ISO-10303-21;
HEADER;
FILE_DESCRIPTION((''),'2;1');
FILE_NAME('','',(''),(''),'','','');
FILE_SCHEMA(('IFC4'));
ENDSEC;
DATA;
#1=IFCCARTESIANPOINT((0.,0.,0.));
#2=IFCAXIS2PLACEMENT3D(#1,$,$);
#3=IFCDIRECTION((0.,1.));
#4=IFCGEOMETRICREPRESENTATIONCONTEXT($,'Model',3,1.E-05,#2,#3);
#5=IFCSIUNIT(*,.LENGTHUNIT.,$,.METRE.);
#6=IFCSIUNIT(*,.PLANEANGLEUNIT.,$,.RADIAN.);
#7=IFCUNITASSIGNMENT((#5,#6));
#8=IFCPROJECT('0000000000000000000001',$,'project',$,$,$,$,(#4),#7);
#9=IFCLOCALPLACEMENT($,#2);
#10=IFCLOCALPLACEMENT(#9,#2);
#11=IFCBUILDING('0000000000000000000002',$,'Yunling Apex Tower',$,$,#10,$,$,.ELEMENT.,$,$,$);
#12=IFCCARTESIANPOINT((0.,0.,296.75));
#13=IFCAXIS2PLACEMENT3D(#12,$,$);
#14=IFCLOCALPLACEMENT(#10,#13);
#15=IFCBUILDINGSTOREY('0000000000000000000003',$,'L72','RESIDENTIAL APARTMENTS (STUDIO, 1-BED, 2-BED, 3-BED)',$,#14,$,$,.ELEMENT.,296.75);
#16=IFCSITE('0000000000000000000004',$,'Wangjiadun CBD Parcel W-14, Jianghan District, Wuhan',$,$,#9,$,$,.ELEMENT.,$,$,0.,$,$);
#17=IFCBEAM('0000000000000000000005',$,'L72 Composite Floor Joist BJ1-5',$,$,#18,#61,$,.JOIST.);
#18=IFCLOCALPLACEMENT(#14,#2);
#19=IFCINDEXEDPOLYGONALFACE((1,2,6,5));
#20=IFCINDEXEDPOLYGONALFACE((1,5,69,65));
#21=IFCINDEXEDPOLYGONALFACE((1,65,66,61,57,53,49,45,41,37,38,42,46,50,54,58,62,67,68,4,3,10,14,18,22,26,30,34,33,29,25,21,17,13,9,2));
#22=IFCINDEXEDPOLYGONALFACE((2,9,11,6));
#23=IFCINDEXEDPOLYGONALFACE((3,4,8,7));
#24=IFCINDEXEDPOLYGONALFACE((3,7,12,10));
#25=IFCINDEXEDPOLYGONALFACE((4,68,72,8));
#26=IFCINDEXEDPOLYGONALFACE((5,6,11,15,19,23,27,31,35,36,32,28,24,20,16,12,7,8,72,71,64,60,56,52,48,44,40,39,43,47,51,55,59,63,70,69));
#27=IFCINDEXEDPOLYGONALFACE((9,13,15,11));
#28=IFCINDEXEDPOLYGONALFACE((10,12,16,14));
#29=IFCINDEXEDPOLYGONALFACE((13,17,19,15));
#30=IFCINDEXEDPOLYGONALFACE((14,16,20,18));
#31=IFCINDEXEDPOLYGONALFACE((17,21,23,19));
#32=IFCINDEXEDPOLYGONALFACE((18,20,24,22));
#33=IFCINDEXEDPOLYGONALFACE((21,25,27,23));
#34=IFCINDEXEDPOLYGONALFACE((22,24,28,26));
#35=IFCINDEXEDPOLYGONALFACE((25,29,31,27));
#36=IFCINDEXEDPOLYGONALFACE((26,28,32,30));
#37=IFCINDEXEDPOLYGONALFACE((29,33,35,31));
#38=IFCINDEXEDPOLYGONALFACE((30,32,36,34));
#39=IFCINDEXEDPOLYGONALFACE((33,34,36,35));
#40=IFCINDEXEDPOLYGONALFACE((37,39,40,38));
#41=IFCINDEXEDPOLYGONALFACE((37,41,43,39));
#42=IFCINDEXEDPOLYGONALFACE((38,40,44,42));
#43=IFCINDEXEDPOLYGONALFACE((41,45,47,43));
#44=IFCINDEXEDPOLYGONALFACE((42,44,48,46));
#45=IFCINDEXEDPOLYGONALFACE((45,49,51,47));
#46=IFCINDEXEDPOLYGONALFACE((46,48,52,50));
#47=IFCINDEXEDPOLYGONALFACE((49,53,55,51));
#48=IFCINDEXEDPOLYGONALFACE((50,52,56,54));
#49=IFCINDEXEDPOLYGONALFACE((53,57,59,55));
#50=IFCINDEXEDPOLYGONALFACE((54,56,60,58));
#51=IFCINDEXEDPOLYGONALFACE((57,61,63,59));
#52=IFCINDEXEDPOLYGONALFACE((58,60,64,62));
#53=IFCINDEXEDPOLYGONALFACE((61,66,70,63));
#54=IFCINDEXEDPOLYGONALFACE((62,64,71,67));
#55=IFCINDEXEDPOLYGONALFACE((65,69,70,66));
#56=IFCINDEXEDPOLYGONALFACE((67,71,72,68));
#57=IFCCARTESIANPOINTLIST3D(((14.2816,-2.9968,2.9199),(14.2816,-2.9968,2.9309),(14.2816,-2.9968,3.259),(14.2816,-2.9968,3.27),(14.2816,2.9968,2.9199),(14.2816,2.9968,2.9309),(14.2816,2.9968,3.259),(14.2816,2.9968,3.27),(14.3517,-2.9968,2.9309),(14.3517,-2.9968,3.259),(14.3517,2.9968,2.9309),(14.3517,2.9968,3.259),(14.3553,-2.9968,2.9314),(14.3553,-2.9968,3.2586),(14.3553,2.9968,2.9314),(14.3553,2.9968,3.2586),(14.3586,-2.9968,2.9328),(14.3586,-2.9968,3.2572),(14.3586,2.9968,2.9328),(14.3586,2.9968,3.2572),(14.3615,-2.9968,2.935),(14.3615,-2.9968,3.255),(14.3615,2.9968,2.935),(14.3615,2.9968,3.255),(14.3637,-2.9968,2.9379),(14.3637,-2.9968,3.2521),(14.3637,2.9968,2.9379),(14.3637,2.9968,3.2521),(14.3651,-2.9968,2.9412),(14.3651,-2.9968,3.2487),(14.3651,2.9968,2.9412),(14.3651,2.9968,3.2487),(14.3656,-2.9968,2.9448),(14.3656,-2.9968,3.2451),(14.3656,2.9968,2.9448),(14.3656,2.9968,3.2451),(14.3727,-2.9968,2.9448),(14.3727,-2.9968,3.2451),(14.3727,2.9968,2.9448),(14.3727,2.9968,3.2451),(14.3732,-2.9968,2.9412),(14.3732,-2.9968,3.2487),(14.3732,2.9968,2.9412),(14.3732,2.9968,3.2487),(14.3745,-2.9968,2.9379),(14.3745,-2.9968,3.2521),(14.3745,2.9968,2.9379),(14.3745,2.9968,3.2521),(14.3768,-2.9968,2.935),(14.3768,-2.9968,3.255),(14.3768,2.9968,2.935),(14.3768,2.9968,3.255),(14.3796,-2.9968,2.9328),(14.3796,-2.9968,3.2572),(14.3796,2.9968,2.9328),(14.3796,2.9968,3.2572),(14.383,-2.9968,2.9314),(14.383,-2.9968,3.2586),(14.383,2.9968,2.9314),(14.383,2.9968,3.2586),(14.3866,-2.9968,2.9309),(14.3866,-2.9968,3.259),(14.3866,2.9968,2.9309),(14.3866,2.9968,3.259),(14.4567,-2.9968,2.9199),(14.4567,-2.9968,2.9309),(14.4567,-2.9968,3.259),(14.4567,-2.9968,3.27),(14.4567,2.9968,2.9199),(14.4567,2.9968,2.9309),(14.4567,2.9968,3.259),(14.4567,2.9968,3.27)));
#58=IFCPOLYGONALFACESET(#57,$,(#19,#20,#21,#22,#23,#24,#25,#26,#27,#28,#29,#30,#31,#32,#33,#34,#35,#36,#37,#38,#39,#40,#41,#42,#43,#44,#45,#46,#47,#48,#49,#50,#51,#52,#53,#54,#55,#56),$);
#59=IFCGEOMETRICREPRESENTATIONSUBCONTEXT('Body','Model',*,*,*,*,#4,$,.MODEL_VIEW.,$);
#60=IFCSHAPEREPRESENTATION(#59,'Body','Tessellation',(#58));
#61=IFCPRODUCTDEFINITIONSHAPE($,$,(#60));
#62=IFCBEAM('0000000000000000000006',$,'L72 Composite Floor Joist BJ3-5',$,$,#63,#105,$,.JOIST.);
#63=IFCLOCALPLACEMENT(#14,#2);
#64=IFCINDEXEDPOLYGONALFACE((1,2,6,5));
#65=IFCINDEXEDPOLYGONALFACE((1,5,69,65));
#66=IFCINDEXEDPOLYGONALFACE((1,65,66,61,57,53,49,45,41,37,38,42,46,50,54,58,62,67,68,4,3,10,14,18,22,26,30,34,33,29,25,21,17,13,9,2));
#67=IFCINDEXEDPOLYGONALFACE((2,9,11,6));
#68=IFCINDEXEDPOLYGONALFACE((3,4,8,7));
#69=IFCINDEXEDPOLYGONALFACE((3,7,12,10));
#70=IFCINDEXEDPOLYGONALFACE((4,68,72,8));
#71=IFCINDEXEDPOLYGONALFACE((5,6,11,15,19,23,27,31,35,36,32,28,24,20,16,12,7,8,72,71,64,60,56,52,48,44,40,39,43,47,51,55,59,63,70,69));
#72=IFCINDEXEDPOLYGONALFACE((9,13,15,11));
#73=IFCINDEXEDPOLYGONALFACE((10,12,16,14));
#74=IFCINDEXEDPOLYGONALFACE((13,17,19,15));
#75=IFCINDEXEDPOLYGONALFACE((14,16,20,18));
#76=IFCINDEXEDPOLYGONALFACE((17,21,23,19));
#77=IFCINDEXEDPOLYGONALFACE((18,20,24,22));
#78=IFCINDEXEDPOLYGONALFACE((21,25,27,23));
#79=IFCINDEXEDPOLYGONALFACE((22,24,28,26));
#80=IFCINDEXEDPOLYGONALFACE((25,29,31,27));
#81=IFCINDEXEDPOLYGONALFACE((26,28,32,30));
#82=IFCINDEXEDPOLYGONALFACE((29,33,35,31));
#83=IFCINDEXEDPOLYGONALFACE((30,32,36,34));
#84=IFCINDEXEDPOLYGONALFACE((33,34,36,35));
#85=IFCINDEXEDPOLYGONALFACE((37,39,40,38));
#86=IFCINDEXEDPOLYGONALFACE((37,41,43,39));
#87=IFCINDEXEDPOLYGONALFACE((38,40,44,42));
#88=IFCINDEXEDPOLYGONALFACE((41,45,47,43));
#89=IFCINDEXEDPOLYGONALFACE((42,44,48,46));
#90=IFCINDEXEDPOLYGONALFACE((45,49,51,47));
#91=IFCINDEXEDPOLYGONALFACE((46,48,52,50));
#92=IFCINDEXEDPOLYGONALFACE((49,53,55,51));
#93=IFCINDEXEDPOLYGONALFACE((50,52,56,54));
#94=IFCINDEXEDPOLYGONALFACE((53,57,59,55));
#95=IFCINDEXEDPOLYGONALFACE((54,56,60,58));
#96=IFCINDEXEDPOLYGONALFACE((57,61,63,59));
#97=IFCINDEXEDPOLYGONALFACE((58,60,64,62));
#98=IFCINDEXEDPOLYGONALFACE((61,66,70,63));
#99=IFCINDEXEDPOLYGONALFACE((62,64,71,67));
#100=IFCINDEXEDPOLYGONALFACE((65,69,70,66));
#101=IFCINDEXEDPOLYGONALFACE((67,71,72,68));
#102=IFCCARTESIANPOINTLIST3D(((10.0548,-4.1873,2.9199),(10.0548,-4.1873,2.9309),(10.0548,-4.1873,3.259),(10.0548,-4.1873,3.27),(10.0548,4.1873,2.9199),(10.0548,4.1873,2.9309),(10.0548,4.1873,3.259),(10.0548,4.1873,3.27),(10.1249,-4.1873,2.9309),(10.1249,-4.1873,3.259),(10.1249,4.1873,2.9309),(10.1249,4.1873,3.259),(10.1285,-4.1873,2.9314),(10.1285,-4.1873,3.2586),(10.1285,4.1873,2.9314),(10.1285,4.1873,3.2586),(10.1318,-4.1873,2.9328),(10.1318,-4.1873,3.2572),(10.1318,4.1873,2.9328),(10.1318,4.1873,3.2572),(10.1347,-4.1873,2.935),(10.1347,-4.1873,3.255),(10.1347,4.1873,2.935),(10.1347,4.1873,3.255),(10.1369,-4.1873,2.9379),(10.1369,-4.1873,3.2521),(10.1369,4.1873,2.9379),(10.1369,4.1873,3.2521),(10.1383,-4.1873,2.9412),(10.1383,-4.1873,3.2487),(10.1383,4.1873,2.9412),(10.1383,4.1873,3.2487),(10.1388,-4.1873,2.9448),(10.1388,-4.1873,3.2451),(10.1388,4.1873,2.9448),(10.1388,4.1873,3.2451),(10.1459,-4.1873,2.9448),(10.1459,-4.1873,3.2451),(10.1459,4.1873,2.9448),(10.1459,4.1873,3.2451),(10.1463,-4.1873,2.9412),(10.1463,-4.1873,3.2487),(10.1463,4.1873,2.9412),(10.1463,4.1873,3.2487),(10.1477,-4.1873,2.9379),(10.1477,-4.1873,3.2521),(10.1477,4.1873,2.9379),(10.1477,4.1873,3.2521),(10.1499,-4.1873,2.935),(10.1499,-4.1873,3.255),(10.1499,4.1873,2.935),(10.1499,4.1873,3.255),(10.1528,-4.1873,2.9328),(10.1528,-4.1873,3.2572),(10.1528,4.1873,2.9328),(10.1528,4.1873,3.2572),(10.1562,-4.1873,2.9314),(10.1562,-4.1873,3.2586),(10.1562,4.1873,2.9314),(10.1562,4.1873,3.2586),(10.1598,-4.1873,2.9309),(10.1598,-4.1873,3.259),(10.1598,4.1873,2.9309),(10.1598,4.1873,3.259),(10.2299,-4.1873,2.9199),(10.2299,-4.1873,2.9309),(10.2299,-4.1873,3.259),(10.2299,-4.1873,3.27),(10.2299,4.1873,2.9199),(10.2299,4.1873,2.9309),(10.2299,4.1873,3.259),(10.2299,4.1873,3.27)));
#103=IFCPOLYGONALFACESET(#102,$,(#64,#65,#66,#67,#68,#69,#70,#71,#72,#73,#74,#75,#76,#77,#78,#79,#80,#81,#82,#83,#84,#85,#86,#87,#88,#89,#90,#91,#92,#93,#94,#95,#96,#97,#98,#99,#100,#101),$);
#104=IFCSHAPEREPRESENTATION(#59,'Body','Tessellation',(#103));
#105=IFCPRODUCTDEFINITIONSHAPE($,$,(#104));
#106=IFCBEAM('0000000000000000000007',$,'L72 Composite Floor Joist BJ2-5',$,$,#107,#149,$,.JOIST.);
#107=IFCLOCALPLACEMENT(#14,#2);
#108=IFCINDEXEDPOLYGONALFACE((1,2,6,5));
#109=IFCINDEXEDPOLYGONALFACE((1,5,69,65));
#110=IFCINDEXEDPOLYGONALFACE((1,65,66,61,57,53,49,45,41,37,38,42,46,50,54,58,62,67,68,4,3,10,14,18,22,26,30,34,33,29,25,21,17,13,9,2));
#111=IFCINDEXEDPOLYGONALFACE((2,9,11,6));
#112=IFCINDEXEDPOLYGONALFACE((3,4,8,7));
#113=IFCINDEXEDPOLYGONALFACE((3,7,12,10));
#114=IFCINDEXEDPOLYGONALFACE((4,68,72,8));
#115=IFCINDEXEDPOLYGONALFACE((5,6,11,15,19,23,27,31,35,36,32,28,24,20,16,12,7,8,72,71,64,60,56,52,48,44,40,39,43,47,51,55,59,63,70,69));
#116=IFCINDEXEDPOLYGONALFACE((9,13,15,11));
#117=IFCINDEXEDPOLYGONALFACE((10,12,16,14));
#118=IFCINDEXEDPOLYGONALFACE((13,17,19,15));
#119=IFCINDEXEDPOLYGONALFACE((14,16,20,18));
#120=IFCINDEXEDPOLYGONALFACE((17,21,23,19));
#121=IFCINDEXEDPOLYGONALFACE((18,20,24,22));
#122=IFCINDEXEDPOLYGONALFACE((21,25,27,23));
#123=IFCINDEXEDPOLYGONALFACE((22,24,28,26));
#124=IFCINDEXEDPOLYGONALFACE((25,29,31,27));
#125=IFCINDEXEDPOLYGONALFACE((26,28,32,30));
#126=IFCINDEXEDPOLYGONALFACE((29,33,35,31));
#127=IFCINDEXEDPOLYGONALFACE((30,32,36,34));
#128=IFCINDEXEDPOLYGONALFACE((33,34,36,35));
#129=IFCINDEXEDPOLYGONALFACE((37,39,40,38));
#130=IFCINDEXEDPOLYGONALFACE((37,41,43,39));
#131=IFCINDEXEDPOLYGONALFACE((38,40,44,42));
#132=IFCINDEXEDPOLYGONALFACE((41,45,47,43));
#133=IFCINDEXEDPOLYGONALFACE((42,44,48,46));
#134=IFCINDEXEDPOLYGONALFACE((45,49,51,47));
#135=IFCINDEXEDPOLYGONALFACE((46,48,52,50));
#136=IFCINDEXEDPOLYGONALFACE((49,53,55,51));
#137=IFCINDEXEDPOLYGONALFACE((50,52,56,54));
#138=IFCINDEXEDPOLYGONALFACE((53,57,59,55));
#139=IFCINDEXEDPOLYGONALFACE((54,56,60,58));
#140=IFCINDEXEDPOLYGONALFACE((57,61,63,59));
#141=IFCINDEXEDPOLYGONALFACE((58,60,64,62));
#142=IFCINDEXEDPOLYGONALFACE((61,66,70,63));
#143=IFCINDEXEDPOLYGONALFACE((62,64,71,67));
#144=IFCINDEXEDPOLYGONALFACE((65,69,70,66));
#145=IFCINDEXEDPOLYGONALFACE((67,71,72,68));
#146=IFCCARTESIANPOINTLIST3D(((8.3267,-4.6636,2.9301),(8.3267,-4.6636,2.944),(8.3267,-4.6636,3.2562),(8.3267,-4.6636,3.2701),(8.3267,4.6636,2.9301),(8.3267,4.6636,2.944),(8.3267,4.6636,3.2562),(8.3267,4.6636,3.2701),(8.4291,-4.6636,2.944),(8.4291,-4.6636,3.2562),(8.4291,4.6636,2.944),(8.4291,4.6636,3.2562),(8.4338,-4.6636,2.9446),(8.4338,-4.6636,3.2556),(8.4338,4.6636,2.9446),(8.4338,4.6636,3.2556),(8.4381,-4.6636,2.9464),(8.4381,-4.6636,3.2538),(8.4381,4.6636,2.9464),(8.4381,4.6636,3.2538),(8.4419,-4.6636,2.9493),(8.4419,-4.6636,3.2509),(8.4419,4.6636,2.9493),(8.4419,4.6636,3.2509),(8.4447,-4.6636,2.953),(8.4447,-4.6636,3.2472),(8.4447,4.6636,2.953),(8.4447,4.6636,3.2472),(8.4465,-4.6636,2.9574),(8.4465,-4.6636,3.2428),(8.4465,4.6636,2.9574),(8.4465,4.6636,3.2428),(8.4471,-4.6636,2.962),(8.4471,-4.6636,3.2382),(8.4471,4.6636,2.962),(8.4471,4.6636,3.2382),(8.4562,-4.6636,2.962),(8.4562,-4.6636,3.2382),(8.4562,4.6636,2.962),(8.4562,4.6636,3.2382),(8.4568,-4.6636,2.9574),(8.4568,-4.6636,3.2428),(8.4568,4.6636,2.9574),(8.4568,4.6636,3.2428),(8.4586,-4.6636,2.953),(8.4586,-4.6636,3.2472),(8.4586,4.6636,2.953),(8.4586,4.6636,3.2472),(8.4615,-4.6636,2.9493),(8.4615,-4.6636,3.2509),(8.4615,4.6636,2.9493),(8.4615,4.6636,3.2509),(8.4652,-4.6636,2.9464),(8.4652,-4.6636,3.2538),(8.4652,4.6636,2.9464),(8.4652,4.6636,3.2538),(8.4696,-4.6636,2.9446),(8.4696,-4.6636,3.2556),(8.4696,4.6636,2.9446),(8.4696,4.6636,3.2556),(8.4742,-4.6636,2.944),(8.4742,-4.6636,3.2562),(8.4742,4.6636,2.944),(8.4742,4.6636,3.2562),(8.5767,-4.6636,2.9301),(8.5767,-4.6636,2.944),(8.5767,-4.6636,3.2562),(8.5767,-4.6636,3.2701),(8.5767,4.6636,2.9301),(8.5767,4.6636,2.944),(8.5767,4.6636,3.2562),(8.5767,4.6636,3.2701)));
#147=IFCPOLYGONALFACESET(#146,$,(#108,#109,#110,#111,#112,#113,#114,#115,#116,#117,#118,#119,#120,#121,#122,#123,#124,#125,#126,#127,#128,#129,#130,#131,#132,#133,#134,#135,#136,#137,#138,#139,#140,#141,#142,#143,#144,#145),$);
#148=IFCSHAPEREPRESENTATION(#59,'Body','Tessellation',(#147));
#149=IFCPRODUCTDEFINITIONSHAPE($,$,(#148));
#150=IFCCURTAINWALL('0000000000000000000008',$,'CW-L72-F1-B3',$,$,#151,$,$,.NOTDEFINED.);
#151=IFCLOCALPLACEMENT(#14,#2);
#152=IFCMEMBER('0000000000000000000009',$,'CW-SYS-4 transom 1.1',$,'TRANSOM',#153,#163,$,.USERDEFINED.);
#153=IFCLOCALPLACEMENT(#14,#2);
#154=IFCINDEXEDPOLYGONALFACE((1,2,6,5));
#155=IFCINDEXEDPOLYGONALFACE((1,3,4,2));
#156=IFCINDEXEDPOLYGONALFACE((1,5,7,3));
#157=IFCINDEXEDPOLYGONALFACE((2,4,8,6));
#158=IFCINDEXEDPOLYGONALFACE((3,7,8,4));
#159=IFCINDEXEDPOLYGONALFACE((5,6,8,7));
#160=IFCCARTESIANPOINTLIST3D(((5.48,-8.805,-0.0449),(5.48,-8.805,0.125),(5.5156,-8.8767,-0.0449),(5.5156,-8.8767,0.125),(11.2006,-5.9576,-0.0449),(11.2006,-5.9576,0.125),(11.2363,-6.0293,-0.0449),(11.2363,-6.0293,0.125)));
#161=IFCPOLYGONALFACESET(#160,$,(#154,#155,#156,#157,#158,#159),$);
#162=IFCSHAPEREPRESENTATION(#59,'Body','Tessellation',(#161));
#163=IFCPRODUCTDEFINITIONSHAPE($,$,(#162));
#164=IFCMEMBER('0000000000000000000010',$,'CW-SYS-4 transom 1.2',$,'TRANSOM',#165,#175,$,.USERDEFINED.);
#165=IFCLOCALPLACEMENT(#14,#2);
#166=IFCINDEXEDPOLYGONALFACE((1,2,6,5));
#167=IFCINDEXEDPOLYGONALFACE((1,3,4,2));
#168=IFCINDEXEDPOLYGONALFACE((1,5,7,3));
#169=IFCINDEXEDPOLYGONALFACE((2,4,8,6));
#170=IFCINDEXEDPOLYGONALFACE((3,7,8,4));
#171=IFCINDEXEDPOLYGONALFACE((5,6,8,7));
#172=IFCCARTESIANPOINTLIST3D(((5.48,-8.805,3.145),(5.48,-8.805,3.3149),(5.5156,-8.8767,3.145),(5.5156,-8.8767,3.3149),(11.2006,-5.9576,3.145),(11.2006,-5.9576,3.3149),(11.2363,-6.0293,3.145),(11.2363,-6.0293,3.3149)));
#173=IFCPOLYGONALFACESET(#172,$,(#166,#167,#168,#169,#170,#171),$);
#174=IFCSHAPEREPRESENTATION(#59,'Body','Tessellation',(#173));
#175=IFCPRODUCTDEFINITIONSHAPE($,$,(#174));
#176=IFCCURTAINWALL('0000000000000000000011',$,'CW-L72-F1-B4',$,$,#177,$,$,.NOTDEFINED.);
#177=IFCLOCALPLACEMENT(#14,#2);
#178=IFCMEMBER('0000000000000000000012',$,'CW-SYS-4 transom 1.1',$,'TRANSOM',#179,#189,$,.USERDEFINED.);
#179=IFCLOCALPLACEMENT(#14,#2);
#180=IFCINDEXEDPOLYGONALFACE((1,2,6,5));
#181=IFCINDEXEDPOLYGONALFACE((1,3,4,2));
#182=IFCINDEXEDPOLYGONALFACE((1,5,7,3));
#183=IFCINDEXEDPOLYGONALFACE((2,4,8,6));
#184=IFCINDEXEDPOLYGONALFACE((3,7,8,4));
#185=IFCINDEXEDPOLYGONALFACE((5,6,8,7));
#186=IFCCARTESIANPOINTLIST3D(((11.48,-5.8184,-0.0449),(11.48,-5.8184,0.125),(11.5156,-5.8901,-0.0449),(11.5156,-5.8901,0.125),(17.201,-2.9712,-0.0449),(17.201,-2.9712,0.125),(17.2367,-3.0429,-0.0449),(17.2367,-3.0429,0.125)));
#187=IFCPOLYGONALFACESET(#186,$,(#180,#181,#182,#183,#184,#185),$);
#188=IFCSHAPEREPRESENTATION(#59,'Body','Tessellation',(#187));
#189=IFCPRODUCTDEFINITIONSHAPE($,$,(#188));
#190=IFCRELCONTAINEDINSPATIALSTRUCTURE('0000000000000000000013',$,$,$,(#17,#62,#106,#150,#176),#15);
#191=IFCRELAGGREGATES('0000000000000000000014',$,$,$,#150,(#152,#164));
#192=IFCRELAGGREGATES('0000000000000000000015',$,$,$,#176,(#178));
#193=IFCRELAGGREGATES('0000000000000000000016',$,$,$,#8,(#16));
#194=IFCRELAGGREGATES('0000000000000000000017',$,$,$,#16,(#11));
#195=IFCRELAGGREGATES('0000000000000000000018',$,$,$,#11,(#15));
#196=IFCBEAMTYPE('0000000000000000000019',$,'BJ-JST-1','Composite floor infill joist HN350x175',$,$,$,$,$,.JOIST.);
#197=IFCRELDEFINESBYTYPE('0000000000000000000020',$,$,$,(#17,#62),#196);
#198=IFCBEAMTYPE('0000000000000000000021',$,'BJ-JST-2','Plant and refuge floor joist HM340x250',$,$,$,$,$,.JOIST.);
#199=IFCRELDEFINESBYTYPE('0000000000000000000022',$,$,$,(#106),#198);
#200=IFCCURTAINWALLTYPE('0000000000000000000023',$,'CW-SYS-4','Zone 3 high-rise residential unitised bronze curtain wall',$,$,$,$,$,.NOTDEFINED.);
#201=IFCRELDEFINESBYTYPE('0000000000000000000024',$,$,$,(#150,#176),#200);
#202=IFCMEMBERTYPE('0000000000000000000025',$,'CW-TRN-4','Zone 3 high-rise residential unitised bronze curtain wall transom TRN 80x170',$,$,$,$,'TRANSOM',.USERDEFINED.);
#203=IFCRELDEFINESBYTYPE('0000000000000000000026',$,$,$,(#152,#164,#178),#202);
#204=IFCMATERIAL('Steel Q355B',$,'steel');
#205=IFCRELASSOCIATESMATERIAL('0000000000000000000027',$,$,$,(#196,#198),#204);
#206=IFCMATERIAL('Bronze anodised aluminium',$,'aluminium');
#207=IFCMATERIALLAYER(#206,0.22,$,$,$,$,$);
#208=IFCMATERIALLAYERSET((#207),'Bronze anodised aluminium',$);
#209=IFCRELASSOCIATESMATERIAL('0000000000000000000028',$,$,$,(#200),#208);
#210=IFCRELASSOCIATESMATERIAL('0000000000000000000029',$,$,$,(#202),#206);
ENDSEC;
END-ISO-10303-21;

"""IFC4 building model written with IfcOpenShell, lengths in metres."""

from ifc_helpers import new_model, si_unit, direction, frame, origin, origin_2d, place, context, subcontext, project, spatial, rectangle, i_section, extrude, source, transform, mapped, material, layer, layer_set, material_profile, profile_set, type_object, element, aggregate, save


model = new_model("IFC4")

# Units and contexts
model_context = context("Model", 3, precision=1e-05, world=origin(), true_north=direction((0.0, 1.0)))
body_context = subcontext(model_context, "Body", "Model", "MODEL_VIEW")
ifc_project = project(units=[si_unit("LENGTHUNIT", "METRE"), si_unit("PLANEANGLEUNIT", "RADIAN")], contexts=[model_context])

# Site, building, storey
site_placement = place(None, origin())
site = spatial("IfcSite", under=ifc_project, at=site_placement, Name="Wangjiadun CBD Parcel W-14, Jianghan District, Wuhan", CompositionType="ELEMENT", RefElevation=0.0)
building_placement = place(site_placement, origin())
building = spatial("IfcBuilding", under=site, at=building_placement, Name="Yunling Apex Tower", CompositionType="ELEMENT")
storey_placement = place(building_placement, frame((0.0, 0.0, 296.75)))
storey = spatial("IfcBuildingStorey", under=building, at=storey_placement, Name="L72", Description="RESIDENTIAL APARTMENTS (STUDIO, 1-BED, 2-BED, 3-BED)", CompositionType="ELEMENT", Elevation=296.75)

# Shared definitions
ifc_material_1 = material(Name="Steel Q355B", Category="steel")

# Beams
ifc_material_profile_1 = material_profile(ifc_material_1, i_section(OverallWidth=0.175, OverallDepth=0.3501, WebThickness=0.0071, FlangeThickness=0.011, FilletRadius=0.0139, at=origin_2d()))
ifc_profile_set_1 = profile_set([ifc_material_profile_1], Name="Steel Q355B")
beam_type_1 = type_object("IfcBeamType", Name="BJ-JST-1", Description="Composite floor infill joist HN350x175", PredefinedType="JOIST", material=ifc_profile_set_1)
shared_shape_1 = source(origin(), body_context, "Body", "SweptSolid", [
    extrude(i_section(OverallWidth=0.175, OverallDepth=0.3501, WebThickness=0.0071, FlangeThickness=0.011, FilletRadius=0.0139, at=origin_2d()), origin(), (0.0, 0.0, 1.0), 5.9937),
])
beam_1_placement = place(storey_placement, frame((14.3691, -2.9968, 3.095), z_axis=(0.0, 1.0, 0.0), x_axis=(-1.0, 0.0, 0.0)))
element("IfcBeam", 1, at=beam_1_placement, inside=storey, type_object=beam_type_1, Name="L72 Composite Floor Joist BJ1-5", PredefinedType="JOIST", context=body_context, shape_type="MappedRepresentation", body=[
    mapped(shared_shape_1, transform((0.0, 0.0, 0.0), scale=1.0)),
])
shared_shape_2 = source(origin(), body_context, "Body", "SweptSolid", [
    extrude(i_section(OverallWidth=0.175, OverallDepth=0.3501, WebThickness=0.0071, FlangeThickness=0.011, FilletRadius=0.0139, at=origin_2d()), origin(), (0.0, 0.0, 1.0), 8.3745),
])
beam_2_placement = place(storey_placement, frame((10.1423, -4.1873, 3.095), z_axis=(0.0, 1.0, 0.0), x_axis=(-1.0, 0.0, 0.0)))
element("IfcBeam", 2, at=beam_2_placement, inside=storey, type_object=beam_type_1, Name="L72 Composite Floor Joist BJ3-5", PredefinedType="JOIST", context=body_context, shape_type="MappedRepresentation", body=[
    mapped(shared_shape_2, transform((0.0, 0.0, 0.0), scale=1.0)),
])
ifc_material_profile_2 = material_profile(ifc_material_1, i_section(OverallWidth=0.25, OverallDepth=0.3401, WebThickness=0.009, FlangeThickness=0.0139, FilletRadius=0.0181, at=origin_2d()))
ifc_profile_set_2 = profile_set([ifc_material_profile_2], Name="Steel Q355B")
beam_type_2 = type_object("IfcBeamType", Name="BJ-JST-2", Description="Plant and refuge floor joist HM340x250", PredefinedType="JOIST", material=ifc_profile_set_2)
shared_shape_3 = source(origin(), body_context, "Body", "SweptSolid", [
    extrude(i_section(OverallWidth=0.25, OverallDepth=0.3401, WebThickness=0.009, FlangeThickness=0.0139, FilletRadius=0.0181, at=origin_2d()), origin(), (0.0, 0.0, 1.0), 9.3271),
])
beam_3_placement = place(storey_placement, frame((8.4517, -4.6636, 3.1001), z_axis=(0.0, 1.0, 0.0), x_axis=(-1.0, 0.0, 0.0)))
element("IfcBeam", 3, at=beam_3_placement, inside=storey, type_object=beam_type_2, Name="L72 Composite Floor Joist BJ2-5", PredefinedType="JOIST", context=body_context, shape_type="MappedRepresentation", body=[
    mapped(shared_shape_3, transform((0.0, 0.0, 0.0), scale=1.0)),
])

# Curtain walls, members
ifc_material_2 = material(Name="Bronze anodised aluminium", Category="aluminium")
ifc_layer_1 = layer(ifc_material_2, 0.22)
ifc_layer_set_1 = layer_set([ifc_layer_1], Name="Bronze anodised aluminium")
curtain_wall_type = type_object("IfcCurtainWallType", Name="CW-SYS-4", Description="Zone 3 high-rise residential unitised bronze curtain wall", PredefinedType="NOTDEFINED", material=ifc_layer_set_1)
curtain_wall_1_placement = place(storey_placement, origin())
curtain_wall_1 = element("IfcCurtainWall", 4, at=curtain_wall_1_placement, inside=storey, type_object=curtain_wall_type, Name="CW-L72-F1-B3", PredefinedType="NOTDEFINED")
ifc_material_profile_3 = material_profile(ifc_material_2, rectangle(XDim=0.0801, YDim=0.1699, at=origin_2d()))
ifc_profile_set_3 = profile_set([ifc_material_profile_3], Name="Bronze anodised aluminium")
member_type_1 = type_object("IfcMemberType", Name="CW-TRN-4", Description="Zone 3 high-rise residential unitised bronze curtain wall transom TRN 80x170", ElementType="TRANSOM", PredefinedType="USERDEFINED", material=ifc_profile_set_3)
shared_shape_4 = source(origin(), body_context, "Body", "SweptSolid", [
    extrude(rectangle(XDim=0.0801, YDim=0.1699, at=origin_2d()), origin(), (0.0, 0.0, 1.0), 6.3901),
])
member_1_placement = place(storey_placement, frame((5.4978, -8.8408, 0.04), z_axis=(0.895236, 0.445593, 0.0), x_axis=(-0.445593, 0.895236, 0.0)))
member_1 = element("IfcMember", 5, at=member_1_placement, type_object=member_type_1, Name="CW-SYS-4 transom 1.1", ObjectType="TRANSOM", PredefinedType="USERDEFINED", context=body_context, shape_type="MappedRepresentation", body=[
    mapped(shared_shape_4, transform((0.0, 0.0, 0.0), scale=1.0)),
])
member_2_placement = place(storey_placement, frame((5.4978, -8.8408, 3.23), z_axis=(0.895236, 0.445593, 0.0), x_axis=(-0.445593, 0.895236, 0.0)))
member_2 = element("IfcMember", 6, at=member_2_placement, type_object=member_type_1, Name="CW-SYS-4 transom 1.2", ObjectType="TRANSOM", PredefinedType="USERDEFINED", context=body_context, shape_type="MappedRepresentation", body=[
    mapped(shared_shape_4, transform((0.0, 0.0, 0.0), scale=1.0)),
])
curtain_wall_2_placement = place(storey_placement, origin())
curtain_wall_2 = element("IfcCurtainWall", 7, at=curtain_wall_2_placement, inside=storey, type_object=curtain_wall_type, Name="CW-L72-F1-B4", PredefinedType="NOTDEFINED")
shared_shape_5 = source(origin(), body_context, "Body", "SweptSolid", [
    extrude(rectangle(XDim=0.0801, YDim=0.1699, at=origin_2d()), origin(), (0.0, 0.0, 1.0), 6.3904),
])
member_3_placement = place(storey_placement, frame((11.4978, -5.8542, 0.04), z_axis=(0.895259, 0.445547, 0.0), x_axis=(-0.445547, 0.895259, 0.0)))
member_3 = element("IfcMember", 8, at=member_3_placement, type_object=member_type_1, Name="CW-SYS-4 transom 1.1", ObjectType="TRANSOM", PredefinedType="USERDEFINED", context=body_context, shape_type="MappedRepresentation", body=[
    mapped(shared_shape_5, transform((0.0, 0.0, 0.0), scale=1.0)),
])

aggregate(curtain_wall_1, [member_1, member_2])
aggregate(curtain_wall_2, [member_3])

save(model, "model.ifc")
